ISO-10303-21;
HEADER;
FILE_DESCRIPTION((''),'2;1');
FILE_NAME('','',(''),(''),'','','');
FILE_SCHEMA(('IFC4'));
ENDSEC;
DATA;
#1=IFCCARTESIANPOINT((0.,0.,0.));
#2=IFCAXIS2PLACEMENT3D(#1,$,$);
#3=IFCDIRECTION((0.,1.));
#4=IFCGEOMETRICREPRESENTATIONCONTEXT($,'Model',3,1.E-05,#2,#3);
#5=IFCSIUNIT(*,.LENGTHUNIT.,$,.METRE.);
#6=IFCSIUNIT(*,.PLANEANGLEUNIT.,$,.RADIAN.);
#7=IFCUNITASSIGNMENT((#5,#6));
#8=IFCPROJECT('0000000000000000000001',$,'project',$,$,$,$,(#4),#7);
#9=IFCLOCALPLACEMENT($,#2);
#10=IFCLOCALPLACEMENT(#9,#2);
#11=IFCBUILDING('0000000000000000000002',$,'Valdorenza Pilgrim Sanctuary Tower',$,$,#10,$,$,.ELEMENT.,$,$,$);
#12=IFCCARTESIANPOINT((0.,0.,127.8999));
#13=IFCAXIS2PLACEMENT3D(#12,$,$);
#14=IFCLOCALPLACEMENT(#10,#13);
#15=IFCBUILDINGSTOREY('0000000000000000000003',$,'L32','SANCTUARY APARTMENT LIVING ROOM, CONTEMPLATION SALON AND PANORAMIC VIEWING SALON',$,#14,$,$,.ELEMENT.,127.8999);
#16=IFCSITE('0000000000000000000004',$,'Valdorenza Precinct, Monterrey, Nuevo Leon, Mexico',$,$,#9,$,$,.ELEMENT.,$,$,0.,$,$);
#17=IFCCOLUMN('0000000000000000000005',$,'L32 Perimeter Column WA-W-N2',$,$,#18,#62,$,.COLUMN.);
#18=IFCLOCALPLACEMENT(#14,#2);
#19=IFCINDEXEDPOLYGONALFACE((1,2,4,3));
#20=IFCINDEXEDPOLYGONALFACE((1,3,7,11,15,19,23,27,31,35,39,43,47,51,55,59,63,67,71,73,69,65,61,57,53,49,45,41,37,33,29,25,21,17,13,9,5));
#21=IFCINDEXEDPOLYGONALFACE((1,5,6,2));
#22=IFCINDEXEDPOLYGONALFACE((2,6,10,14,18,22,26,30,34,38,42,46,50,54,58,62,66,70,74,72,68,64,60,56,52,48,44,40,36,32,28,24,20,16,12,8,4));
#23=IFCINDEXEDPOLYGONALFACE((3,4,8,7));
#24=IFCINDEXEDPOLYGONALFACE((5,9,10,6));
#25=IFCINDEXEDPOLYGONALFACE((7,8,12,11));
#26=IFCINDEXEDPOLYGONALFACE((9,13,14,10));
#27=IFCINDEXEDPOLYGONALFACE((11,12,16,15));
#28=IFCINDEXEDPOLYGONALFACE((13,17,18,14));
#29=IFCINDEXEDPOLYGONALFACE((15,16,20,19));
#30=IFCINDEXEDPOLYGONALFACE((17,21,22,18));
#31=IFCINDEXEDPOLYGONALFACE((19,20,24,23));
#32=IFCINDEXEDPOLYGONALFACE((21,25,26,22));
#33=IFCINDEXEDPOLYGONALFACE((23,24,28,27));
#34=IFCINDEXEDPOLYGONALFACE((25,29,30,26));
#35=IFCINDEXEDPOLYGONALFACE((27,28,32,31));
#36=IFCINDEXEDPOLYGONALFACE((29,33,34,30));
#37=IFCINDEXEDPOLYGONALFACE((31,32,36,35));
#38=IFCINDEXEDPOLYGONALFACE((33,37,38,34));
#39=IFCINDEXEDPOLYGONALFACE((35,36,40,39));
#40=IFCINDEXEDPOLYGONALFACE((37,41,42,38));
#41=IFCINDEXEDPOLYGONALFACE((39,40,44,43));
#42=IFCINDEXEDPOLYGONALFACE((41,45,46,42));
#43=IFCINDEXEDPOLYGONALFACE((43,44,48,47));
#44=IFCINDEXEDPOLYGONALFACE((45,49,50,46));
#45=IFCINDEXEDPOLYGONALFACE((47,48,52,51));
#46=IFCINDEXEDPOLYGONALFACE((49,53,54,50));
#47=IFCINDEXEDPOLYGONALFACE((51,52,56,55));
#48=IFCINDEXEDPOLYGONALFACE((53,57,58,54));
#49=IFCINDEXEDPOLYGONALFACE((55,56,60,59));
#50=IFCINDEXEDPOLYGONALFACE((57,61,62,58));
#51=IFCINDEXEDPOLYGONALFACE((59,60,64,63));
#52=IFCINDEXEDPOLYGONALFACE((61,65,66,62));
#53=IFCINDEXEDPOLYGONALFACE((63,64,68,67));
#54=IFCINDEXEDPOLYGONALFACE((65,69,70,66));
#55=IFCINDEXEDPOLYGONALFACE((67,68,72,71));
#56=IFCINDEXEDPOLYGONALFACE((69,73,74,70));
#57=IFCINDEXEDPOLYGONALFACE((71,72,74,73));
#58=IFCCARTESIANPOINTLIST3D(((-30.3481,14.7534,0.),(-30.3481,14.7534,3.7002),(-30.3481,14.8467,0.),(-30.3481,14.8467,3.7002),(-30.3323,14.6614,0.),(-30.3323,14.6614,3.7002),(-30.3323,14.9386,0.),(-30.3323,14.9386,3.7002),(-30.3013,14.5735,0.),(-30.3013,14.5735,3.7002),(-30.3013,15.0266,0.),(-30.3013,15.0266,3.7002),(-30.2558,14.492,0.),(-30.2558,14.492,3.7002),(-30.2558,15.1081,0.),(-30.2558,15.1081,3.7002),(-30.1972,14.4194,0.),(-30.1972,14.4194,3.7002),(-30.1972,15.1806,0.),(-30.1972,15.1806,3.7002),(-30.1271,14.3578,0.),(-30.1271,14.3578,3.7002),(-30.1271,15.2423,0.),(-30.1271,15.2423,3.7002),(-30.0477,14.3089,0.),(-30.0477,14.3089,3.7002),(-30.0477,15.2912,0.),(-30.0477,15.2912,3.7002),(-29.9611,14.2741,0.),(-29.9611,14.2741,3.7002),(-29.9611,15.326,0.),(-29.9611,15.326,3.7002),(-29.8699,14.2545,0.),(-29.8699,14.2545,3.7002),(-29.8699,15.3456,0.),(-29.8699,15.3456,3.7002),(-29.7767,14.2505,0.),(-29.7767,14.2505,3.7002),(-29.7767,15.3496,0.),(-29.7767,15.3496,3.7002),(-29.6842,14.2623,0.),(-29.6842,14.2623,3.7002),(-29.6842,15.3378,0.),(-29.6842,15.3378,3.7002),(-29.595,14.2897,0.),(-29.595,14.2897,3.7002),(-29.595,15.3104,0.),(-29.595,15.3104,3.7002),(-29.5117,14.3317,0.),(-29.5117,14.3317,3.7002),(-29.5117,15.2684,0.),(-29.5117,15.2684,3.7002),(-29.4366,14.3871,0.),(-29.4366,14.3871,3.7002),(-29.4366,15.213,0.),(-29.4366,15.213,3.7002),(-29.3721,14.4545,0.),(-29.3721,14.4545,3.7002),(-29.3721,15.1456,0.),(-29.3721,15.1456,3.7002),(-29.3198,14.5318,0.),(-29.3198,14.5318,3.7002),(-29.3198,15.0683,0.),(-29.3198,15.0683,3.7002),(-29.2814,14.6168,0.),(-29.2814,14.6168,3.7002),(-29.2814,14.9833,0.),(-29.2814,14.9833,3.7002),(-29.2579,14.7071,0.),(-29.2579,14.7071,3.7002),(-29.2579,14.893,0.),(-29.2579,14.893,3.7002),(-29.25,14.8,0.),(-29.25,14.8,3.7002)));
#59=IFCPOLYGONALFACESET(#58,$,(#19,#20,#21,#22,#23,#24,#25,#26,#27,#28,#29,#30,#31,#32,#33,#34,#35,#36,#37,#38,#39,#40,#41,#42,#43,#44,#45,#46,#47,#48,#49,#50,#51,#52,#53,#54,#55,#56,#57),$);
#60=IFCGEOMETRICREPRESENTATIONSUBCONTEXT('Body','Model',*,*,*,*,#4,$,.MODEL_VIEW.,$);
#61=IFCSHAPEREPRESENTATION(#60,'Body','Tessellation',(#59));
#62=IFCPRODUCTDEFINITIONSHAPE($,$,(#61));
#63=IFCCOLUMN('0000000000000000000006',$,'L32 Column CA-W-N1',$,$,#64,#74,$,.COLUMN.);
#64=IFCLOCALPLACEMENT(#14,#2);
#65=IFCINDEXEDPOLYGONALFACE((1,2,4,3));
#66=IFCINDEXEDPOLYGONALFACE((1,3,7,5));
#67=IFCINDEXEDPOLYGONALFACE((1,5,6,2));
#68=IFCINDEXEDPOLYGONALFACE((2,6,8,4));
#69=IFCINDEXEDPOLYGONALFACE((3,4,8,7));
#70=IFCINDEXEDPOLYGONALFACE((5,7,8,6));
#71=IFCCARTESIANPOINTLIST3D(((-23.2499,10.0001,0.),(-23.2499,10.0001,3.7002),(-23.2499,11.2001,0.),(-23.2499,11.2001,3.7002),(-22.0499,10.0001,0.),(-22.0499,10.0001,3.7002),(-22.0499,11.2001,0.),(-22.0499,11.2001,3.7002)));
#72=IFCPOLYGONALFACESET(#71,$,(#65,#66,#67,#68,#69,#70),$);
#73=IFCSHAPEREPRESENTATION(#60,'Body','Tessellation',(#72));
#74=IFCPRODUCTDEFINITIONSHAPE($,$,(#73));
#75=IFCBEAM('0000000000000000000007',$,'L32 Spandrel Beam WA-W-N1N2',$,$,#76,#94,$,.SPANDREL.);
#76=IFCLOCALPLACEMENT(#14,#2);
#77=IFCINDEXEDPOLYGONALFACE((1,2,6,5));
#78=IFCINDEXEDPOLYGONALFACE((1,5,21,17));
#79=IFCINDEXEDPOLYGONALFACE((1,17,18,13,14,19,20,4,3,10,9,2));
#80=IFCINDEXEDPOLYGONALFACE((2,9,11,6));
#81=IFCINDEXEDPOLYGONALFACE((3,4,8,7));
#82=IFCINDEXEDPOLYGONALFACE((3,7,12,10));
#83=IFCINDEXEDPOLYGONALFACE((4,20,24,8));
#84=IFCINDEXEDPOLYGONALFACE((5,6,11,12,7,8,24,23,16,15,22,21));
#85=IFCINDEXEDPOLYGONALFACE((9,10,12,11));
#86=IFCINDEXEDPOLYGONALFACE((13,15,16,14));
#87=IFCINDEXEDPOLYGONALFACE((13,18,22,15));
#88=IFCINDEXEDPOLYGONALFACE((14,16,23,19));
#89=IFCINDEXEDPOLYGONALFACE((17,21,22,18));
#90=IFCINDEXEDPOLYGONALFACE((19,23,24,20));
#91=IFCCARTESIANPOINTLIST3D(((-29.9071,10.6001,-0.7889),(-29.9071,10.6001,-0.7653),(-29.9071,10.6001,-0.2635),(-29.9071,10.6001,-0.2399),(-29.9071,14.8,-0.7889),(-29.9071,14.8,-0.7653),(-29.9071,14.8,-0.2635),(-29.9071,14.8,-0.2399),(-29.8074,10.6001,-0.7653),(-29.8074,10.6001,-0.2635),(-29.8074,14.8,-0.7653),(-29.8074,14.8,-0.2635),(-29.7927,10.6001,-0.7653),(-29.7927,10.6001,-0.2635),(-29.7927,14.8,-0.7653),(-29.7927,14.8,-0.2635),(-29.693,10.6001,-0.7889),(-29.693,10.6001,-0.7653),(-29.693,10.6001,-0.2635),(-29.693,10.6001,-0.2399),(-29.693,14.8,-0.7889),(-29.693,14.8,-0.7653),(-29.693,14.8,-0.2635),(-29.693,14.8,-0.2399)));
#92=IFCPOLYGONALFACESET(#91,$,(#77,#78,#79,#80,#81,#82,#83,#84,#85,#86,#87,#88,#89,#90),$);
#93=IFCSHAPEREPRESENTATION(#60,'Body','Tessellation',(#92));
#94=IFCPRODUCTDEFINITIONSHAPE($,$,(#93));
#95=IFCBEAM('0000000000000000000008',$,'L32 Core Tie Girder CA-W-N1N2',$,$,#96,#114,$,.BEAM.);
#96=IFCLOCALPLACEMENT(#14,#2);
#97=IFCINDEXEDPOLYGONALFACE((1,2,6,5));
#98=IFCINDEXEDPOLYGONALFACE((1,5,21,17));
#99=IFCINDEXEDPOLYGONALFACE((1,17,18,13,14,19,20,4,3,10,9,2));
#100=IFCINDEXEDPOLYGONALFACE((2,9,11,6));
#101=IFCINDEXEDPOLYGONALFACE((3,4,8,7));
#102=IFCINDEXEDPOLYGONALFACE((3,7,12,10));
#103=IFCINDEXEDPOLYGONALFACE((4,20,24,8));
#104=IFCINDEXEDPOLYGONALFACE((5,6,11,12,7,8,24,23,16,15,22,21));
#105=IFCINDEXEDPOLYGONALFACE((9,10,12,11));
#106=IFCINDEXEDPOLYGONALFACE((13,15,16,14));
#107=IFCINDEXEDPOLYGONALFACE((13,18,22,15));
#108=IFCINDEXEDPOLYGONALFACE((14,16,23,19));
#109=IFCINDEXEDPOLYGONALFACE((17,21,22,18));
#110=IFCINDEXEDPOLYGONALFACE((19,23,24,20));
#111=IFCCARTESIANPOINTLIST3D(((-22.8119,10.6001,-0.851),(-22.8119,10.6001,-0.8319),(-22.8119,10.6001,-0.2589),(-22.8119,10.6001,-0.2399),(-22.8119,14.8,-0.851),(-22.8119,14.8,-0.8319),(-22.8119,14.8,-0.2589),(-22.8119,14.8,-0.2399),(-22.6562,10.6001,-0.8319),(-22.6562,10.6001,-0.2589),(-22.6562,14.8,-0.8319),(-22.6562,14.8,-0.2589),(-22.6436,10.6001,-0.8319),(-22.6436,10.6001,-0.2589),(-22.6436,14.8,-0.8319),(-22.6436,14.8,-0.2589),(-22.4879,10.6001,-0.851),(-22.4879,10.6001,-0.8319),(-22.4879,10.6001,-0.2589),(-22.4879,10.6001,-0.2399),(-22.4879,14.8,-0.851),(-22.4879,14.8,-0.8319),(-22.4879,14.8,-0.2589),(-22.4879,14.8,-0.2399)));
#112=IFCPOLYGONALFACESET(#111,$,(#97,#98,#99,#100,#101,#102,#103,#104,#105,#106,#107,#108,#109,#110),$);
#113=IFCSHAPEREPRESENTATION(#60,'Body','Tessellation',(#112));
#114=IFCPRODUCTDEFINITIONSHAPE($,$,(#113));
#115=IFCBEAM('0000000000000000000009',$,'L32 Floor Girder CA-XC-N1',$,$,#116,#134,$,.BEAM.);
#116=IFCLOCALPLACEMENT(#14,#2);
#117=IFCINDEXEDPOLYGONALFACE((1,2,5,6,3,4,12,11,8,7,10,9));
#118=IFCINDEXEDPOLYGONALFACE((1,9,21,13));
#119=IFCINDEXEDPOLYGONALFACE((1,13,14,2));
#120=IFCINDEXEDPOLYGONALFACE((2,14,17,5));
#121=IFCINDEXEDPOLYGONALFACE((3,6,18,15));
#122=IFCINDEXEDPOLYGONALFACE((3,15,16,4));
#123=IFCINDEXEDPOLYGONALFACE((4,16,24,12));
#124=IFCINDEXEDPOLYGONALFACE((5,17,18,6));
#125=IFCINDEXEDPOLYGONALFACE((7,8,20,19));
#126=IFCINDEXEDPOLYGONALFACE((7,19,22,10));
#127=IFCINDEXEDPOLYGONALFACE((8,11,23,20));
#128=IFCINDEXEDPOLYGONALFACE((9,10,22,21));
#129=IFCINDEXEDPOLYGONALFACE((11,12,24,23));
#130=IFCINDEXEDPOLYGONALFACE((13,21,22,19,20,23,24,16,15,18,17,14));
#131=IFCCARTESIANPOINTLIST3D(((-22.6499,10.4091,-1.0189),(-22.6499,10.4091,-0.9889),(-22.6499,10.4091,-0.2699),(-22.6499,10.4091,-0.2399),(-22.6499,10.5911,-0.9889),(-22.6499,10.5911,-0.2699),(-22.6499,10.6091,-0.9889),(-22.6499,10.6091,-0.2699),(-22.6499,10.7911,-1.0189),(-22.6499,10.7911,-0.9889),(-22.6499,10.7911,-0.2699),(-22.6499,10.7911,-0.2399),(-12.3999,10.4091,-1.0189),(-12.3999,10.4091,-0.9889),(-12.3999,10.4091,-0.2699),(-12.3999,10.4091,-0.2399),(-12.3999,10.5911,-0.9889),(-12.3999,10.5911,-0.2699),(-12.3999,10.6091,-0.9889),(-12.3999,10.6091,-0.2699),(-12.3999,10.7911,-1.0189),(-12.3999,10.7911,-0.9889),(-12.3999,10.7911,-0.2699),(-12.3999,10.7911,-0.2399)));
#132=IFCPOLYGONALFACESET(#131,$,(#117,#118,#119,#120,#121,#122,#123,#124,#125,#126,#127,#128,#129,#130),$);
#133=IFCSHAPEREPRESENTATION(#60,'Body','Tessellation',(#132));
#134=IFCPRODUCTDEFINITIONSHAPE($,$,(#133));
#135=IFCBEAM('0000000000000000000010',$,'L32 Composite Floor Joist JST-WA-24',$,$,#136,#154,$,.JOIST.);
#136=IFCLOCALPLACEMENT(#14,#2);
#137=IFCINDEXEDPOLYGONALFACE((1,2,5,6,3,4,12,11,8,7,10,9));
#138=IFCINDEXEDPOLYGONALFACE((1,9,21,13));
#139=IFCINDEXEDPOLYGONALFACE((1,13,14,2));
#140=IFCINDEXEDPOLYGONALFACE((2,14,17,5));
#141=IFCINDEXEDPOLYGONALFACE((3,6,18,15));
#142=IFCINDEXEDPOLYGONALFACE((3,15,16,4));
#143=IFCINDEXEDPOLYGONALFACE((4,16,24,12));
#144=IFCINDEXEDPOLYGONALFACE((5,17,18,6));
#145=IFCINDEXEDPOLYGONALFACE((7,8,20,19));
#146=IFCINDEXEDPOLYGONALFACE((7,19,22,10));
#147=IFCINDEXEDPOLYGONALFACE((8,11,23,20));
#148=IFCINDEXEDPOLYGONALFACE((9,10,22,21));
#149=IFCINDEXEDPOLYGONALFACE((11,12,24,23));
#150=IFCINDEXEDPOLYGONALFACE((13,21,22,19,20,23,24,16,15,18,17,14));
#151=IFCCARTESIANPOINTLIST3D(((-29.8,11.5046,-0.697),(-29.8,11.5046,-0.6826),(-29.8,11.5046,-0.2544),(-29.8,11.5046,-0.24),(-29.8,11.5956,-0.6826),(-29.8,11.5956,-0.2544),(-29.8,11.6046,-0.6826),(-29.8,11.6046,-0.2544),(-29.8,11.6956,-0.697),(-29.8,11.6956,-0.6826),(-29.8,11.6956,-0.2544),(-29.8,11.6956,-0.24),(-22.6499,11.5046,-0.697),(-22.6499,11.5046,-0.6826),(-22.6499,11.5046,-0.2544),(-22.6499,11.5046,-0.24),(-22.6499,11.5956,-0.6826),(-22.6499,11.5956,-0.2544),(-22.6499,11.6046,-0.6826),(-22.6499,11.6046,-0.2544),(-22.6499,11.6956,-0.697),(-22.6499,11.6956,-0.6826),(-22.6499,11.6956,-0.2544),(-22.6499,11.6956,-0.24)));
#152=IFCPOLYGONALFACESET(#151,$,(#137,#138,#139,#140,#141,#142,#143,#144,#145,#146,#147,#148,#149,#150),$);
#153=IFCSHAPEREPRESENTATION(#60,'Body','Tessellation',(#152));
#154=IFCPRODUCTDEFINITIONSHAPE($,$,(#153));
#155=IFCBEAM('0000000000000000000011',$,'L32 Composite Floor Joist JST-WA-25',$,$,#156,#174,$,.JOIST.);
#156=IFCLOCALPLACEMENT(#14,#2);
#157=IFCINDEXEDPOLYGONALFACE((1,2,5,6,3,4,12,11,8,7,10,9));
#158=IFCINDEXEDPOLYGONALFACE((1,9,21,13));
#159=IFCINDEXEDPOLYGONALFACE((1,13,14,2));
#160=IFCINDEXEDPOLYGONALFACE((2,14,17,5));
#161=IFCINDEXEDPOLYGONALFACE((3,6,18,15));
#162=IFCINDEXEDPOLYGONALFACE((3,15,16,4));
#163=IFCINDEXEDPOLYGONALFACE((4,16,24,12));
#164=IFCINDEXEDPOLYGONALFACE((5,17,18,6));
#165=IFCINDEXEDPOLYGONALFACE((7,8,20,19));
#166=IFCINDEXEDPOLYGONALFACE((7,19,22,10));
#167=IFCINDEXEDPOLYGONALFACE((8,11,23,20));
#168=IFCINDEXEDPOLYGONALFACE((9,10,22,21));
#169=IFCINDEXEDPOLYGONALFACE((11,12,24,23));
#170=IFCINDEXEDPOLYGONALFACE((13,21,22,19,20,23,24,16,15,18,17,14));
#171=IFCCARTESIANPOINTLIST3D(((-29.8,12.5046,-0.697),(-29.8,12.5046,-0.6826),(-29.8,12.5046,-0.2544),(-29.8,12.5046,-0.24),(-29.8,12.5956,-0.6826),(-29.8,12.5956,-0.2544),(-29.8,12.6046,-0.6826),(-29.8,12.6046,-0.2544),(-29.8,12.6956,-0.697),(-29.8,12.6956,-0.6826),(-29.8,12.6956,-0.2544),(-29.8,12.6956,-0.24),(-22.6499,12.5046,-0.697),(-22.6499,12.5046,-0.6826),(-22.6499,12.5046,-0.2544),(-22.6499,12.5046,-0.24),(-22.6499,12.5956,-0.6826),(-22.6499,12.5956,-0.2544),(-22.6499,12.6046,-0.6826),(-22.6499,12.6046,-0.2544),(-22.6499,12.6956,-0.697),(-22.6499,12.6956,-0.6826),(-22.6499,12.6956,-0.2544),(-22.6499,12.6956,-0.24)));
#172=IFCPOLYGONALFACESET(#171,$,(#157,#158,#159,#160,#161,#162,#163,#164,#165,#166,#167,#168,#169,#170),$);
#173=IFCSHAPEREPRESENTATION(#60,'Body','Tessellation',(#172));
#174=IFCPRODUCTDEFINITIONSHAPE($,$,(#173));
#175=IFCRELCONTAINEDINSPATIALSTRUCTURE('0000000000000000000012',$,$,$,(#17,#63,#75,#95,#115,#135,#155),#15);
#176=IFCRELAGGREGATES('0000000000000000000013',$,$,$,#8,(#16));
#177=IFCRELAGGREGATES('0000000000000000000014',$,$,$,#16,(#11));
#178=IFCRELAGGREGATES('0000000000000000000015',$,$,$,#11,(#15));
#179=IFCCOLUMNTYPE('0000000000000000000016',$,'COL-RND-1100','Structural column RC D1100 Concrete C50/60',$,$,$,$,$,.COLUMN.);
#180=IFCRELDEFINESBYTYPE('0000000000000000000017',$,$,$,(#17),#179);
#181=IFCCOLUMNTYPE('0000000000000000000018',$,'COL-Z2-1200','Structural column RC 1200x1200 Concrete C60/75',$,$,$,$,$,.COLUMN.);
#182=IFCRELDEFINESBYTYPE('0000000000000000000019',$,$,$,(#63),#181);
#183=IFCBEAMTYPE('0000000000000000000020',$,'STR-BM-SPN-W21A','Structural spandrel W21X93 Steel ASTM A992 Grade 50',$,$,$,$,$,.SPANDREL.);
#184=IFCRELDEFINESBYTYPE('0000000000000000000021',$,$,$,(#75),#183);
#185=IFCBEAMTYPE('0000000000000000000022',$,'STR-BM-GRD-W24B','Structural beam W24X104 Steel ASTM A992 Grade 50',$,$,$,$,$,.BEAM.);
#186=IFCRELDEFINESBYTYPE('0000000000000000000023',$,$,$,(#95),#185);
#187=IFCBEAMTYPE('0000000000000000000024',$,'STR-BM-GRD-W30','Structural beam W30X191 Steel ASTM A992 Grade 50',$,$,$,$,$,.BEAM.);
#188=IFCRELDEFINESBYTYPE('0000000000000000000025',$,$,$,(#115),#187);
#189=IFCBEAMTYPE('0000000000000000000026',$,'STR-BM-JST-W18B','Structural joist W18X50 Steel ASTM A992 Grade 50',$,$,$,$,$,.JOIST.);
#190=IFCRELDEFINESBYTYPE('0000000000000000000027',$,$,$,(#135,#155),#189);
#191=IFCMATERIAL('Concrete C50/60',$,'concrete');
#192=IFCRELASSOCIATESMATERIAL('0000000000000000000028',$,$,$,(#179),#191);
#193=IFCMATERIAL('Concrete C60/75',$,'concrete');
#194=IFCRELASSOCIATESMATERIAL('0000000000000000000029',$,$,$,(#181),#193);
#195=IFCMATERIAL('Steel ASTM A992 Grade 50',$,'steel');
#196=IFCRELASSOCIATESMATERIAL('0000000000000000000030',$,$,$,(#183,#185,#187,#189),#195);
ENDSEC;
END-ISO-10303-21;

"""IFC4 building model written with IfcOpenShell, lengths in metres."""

from ifc_helpers import new_model, si_unit, direction, frame, origin, origin_2d, place, context, subcontext, project, spatial, rectangle, circle, i_section, extrude, source, transform, mapped, material, material_profile, profile_set, type_object, element, save


model = new_model("IFC4")

# Units and contexts
model_context = context("Model", 3, precision=1e-05, world=origin(), true_north=direction((0.0, 1.0)))
body_context = subcontext(model_context, "Body", "Model", "MODEL_VIEW")
ifc_project = project(units=[si_unit("LENGTHUNIT", "METRE"), si_unit("PLANEANGLEUNIT", "RADIAN")], contexts=[model_context])

# Site, building, storey
site_placement = place(None, origin())
site = spatial("IfcSite", under=ifc_project, at=site_placement, Name="Valdorenza Precinct, Monterrey, Nuevo Leon, Mexico", CompositionType="ELEMENT", RefElevation=0.0)
building_placement = place(site_placement, origin())
building = spatial("IfcBuilding", under=site, at=building_placement, Name="Valdorenza Pilgrim Sanctuary Tower", CompositionType="ELEMENT")
storey_placement = place(building_placement, frame((0.0, 0.0, 127.8999)))
storey = spatial("IfcBuildingStorey", under=building, at=storey_placement, Name="L32", Description="SANCTUARY APARTMENT LIVING ROOM, CONTEMPLATION SALON AND PANORAMIC VIEWING SALON", CompositionType="ELEMENT", Elevation=127.8999)

# Columns
ifc_material_1 = material(Name="Concrete C50/60", Category="concrete")
ifc_material_profile_1 = material_profile(ifc_material_1, circle(Radius=0.55, at=origin_2d()), Name="RC D1100")
ifc_profile_set_1 = profile_set([ifc_material_profile_1], Name="Concrete C50/60")
column_type_1 = type_object("IfcColumnType", Name="COL-RND-1100", Description="Structural column RC D1100 Concrete C50/60", PredefinedType="COLUMN", material=ifc_profile_set_1)
shared_shape_1 = source(origin(), body_context, "Body", "SweptSolid", [
    extrude(circle(Radius=0.55, at=origin_2d()), origin(), (0.0, 0.0, 1.0), 3.7002),
])
column_1_placement = place(storey_placement, frame((-29.8, 14.8, 0.0), z_axis=(0.0, 0.0, 1.0), x_axis=(1.0, 0.0, 0.0)))
element("IfcColumn", 1, at=column_1_placement, inside=storey, type_object=column_type_1, Name="L32 Perimeter Column WA-W-N2", PredefinedType="COLUMN", context=body_context, shape_type="MappedRepresentation", body=[
    mapped(shared_shape_1, transform((0.0, 0.0, 0.0), x_axis=(1.0, 0.0, 0.0), y_axis=(0.0, 1.0, 0.0), z_axis=(0.0, 0.0, 1.0), scale=1.0)),
])
ifc_material_2 = material(Name="Concrete C60/75", Category="concrete")
ifc_material_profile_2 = material_profile(ifc_material_2, rectangle(XDim=1.2, YDim=1.2, at=origin_2d()), Name="RC 1200x1200")
ifc_profile_set_2 = profile_set([ifc_material_profile_2], Name="Concrete C60/75")
column_type_2 = type_object("IfcColumnType", Name="COL-Z2-1200", Description="Structural column RC 1200x1200 Concrete C60/75", PredefinedType="COLUMN", material=ifc_profile_set_2)
shared_shape_2 = source(origin(), body_context, "Body", "SweptSolid", [
    extrude(rectangle(XDim=1.2, YDim=1.2, at=origin_2d()), origin(), (0.0, 0.0, 1.0), 3.7002),
])
column_2_placement = place(storey_placement, frame((-22.6499, 10.6001, 0.0), z_axis=(0.0, 0.0, 1.0), x_axis=(1.0, 0.0, 0.0)))
element("IfcColumn", 2, at=column_2_placement, inside=storey, type_object=column_type_2, Name="L32 Column CA-W-N1", PredefinedType="COLUMN", context=body_context, shape_type="MappedRepresentation", body=[
    mapped(shared_shape_2, transform((0.0, 0.0, 0.0), x_axis=(1.0, 0.0, 0.0), y_axis=(0.0, 1.0, 0.0), z_axis=(0.0, 0.0, 1.0), scale=1.0)),
])

# Beams
ifc_material_3 = material(Name="Steel ASTM A992 Grade 50", Category="steel")
ifc_material_profile_3 = material_profile(ifc_material_3, i_section(OverallWidth=0.2141, OverallDepth=0.5491, WebThickness=0.0146, FlangeThickness=0.0237, at=origin_2d()), Name="W21X93")
ifc_profile_set_3 = profile_set([ifc_material_profile_3], Name="Steel ASTM A992 Grade 50")
beam_type_1 = type_object("IfcBeamType", Name="STR-BM-SPN-W21A", Description="Structural spandrel W21X93 Steel ASTM A992 Grade 50", PredefinedType="SPANDREL", material=ifc_profile_set_3)
shared_shape_3 = source(origin(), body_context, "Body", "SweptSolid", [
    extrude(i_section(OverallWidth=0.2141, OverallDepth=0.5491, WebThickness=0.0146, FlangeThickness=0.0237, at=origin_2d()), origin(), (0.0, 0.0, 1.0), 4.2),
])
beam_1_placement = place(storey_placement, frame((-29.8, 10.6001, -0.5144), z_axis=(0.0, 1.0, 0.0), x_axis=(-1.0, 0.0, 0.0)))
element("IfcBeam", 3, at=beam_1_placement, inside=storey, type_object=beam_type_1, Name="L32 Spandrel Beam WA-W-N1N2", PredefinedType="SPANDREL", context=body_context, shape_type="MappedRepresentation", body=[
    mapped(shared_shape_3, transform((0.0, 0.0, 0.0), x_axis=(1.0, 0.0, 0.0), y_axis=(0.0, 1.0, 0.0), z_axis=(0.0, 0.0, 1.0), scale=1.0)),
])
ifc_material_profile_4 = material_profile(ifc_material_3, i_section(OverallWidth=0.324, OverallDepth=0.6111, WebThickness=0.0127, FlangeThickness=0.019, at=origin_2d()), Name="W24X104")
ifc_profile_set_4 = profile_set([ifc_material_profile_4], Name="Steel ASTM A992 Grade 50")
beam_type_2 = type_object("IfcBeamType", Name="STR-BM-GRD-W24B", Description="Structural beam W24X104 Steel ASTM A992 Grade 50", PredefinedType="BEAM", material=ifc_profile_set_4)
shared_shape_4 = source(origin(), body_context, "Body", "SweptSolid", [
    extrude(i_section(OverallWidth=0.324, OverallDepth=0.6111, WebThickness=0.0127, FlangeThickness=0.019, at=origin_2d()), origin(), (0.0, 0.0, 1.0), 4.2),
])
beam_2_placement = place(storey_placement, frame((-22.6499, 10.6001, -0.5454), z_axis=(0.0, 1.0, 0.0), x_axis=(-1.0, 0.0, 0.0)))
element("IfcBeam", 4, at=beam_2_placement, inside=storey, type_object=beam_type_2, Name="L32 Core Tie Girder CA-W-N1N2", PredefinedType="BEAM", context=body_context, shape_type="MappedRepresentation", body=[
    mapped(shared_shape_4, transform((0.0, 0.0, 0.0), x_axis=(1.0, 0.0, 0.0), y_axis=(0.0, 1.0, 0.0), z_axis=(0.0, 0.0, 1.0), scale=1.0)),
])
ifc_material_profile_5 = material_profile(ifc_material_3, i_section(OverallWidth=0.3821, OverallDepth=0.7791, WebThickness=0.0181, FlangeThickness=0.03, at=origin_2d()), Name="W30X191")
ifc_profile_set_5 = profile_set([ifc_material_profile_5], Name="Steel ASTM A992 Grade 50")
beam_type_3 = type_object("IfcBeamType", Name="STR-BM-GRD-W30", Description="Structural beam W30X191 Steel ASTM A992 Grade 50", PredefinedType="BEAM", material=ifc_profile_set_5)
shared_shape_5 = source(origin(), body_context, "Body", "SweptSolid", [
    extrude(i_section(OverallWidth=0.3821, OverallDepth=0.7791, WebThickness=0.0181, FlangeThickness=0.03, at=origin_2d()), origin(), (0.0, 0.0, 1.0), 10.25),
])
beam_3_placement = place(storey_placement, frame((-22.6499, 10.6001, -0.6294), z_axis=(1.0, 0.0, 0.0), x_axis=(0.0, 1.0, 0.0)))
element("IfcBeam", 5, at=beam_3_placement, inside=storey, type_object=beam_type_3, Name="L32 Floor Girder CA-XC-N1", PredefinedType="BEAM", context=body_context, shape_type="MappedRepresentation", body=[
    mapped(shared_shape_5, transform((0.0, 0.0, 0.0), x_axis=(1.0, 0.0, 0.0), y_axis=(0.0, 1.0, 0.0), z_axis=(0.0, 0.0, 1.0), scale=1.0)),
])
ifc_material_profile_6 = material_profile(ifc_material_3, i_section(OverallWidth=0.1909, OverallDepth=0.457, WebThickness=0.009, FlangeThickness=0.0144, at=origin_2d()), Name="W18X50")
ifc_profile_set_6 = profile_set([ifc_material_profile_6], Name="Steel ASTM A992 Grade 50")
beam_type_4 = type_object("IfcBeamType", Name="STR-BM-JST-W18B", Description="Structural joist W18X50 Steel ASTM A992 Grade 50", PredefinedType="JOIST", material=ifc_profile_set_6)
shared_shape_6 = source(origin(), body_context, "Body", "SweptSolid", [
    extrude(i_section(OverallWidth=0.1909, OverallDepth=0.457, WebThickness=0.009, FlangeThickness=0.0144, at=origin_2d()), origin(), (0.0, 0.0, 1.0), 7.1501),
])
for number, where, z_axis, x_axis, name in (
    (6, (-29.8, 11.6001, -0.4685), (1.0, 0.0, 0.0), (0.0, 1.0, 0.0), "L32 Composite Floor Joist JST-WA-24"),
    (7, (-29.8, 12.6001, -0.4685), (1.0, 0.0, 0.0), (0.0, 1.0, 0.0), "L32 Composite Floor Joist JST-WA-25"),
):
    element("IfcBeam", number, at=place(storey_placement, frame(where, z_axis=z_axis, x_axis=x_axis)), inside=storey, type_object=beam_type_4, Name=name, PredefinedType="JOIST", context=body_context, shape_type="MappedRepresentation", body=[
        mapped(shared_shape_6, transform((0.0, 0.0, 0.0), x_axis=(1.0, 0.0, 0.0), y_axis=(0.0, 1.0, 0.0), z_axis=(0.0, 0.0, 1.0), scale=1.0)),
    ])

save(model, "model.ifc")
